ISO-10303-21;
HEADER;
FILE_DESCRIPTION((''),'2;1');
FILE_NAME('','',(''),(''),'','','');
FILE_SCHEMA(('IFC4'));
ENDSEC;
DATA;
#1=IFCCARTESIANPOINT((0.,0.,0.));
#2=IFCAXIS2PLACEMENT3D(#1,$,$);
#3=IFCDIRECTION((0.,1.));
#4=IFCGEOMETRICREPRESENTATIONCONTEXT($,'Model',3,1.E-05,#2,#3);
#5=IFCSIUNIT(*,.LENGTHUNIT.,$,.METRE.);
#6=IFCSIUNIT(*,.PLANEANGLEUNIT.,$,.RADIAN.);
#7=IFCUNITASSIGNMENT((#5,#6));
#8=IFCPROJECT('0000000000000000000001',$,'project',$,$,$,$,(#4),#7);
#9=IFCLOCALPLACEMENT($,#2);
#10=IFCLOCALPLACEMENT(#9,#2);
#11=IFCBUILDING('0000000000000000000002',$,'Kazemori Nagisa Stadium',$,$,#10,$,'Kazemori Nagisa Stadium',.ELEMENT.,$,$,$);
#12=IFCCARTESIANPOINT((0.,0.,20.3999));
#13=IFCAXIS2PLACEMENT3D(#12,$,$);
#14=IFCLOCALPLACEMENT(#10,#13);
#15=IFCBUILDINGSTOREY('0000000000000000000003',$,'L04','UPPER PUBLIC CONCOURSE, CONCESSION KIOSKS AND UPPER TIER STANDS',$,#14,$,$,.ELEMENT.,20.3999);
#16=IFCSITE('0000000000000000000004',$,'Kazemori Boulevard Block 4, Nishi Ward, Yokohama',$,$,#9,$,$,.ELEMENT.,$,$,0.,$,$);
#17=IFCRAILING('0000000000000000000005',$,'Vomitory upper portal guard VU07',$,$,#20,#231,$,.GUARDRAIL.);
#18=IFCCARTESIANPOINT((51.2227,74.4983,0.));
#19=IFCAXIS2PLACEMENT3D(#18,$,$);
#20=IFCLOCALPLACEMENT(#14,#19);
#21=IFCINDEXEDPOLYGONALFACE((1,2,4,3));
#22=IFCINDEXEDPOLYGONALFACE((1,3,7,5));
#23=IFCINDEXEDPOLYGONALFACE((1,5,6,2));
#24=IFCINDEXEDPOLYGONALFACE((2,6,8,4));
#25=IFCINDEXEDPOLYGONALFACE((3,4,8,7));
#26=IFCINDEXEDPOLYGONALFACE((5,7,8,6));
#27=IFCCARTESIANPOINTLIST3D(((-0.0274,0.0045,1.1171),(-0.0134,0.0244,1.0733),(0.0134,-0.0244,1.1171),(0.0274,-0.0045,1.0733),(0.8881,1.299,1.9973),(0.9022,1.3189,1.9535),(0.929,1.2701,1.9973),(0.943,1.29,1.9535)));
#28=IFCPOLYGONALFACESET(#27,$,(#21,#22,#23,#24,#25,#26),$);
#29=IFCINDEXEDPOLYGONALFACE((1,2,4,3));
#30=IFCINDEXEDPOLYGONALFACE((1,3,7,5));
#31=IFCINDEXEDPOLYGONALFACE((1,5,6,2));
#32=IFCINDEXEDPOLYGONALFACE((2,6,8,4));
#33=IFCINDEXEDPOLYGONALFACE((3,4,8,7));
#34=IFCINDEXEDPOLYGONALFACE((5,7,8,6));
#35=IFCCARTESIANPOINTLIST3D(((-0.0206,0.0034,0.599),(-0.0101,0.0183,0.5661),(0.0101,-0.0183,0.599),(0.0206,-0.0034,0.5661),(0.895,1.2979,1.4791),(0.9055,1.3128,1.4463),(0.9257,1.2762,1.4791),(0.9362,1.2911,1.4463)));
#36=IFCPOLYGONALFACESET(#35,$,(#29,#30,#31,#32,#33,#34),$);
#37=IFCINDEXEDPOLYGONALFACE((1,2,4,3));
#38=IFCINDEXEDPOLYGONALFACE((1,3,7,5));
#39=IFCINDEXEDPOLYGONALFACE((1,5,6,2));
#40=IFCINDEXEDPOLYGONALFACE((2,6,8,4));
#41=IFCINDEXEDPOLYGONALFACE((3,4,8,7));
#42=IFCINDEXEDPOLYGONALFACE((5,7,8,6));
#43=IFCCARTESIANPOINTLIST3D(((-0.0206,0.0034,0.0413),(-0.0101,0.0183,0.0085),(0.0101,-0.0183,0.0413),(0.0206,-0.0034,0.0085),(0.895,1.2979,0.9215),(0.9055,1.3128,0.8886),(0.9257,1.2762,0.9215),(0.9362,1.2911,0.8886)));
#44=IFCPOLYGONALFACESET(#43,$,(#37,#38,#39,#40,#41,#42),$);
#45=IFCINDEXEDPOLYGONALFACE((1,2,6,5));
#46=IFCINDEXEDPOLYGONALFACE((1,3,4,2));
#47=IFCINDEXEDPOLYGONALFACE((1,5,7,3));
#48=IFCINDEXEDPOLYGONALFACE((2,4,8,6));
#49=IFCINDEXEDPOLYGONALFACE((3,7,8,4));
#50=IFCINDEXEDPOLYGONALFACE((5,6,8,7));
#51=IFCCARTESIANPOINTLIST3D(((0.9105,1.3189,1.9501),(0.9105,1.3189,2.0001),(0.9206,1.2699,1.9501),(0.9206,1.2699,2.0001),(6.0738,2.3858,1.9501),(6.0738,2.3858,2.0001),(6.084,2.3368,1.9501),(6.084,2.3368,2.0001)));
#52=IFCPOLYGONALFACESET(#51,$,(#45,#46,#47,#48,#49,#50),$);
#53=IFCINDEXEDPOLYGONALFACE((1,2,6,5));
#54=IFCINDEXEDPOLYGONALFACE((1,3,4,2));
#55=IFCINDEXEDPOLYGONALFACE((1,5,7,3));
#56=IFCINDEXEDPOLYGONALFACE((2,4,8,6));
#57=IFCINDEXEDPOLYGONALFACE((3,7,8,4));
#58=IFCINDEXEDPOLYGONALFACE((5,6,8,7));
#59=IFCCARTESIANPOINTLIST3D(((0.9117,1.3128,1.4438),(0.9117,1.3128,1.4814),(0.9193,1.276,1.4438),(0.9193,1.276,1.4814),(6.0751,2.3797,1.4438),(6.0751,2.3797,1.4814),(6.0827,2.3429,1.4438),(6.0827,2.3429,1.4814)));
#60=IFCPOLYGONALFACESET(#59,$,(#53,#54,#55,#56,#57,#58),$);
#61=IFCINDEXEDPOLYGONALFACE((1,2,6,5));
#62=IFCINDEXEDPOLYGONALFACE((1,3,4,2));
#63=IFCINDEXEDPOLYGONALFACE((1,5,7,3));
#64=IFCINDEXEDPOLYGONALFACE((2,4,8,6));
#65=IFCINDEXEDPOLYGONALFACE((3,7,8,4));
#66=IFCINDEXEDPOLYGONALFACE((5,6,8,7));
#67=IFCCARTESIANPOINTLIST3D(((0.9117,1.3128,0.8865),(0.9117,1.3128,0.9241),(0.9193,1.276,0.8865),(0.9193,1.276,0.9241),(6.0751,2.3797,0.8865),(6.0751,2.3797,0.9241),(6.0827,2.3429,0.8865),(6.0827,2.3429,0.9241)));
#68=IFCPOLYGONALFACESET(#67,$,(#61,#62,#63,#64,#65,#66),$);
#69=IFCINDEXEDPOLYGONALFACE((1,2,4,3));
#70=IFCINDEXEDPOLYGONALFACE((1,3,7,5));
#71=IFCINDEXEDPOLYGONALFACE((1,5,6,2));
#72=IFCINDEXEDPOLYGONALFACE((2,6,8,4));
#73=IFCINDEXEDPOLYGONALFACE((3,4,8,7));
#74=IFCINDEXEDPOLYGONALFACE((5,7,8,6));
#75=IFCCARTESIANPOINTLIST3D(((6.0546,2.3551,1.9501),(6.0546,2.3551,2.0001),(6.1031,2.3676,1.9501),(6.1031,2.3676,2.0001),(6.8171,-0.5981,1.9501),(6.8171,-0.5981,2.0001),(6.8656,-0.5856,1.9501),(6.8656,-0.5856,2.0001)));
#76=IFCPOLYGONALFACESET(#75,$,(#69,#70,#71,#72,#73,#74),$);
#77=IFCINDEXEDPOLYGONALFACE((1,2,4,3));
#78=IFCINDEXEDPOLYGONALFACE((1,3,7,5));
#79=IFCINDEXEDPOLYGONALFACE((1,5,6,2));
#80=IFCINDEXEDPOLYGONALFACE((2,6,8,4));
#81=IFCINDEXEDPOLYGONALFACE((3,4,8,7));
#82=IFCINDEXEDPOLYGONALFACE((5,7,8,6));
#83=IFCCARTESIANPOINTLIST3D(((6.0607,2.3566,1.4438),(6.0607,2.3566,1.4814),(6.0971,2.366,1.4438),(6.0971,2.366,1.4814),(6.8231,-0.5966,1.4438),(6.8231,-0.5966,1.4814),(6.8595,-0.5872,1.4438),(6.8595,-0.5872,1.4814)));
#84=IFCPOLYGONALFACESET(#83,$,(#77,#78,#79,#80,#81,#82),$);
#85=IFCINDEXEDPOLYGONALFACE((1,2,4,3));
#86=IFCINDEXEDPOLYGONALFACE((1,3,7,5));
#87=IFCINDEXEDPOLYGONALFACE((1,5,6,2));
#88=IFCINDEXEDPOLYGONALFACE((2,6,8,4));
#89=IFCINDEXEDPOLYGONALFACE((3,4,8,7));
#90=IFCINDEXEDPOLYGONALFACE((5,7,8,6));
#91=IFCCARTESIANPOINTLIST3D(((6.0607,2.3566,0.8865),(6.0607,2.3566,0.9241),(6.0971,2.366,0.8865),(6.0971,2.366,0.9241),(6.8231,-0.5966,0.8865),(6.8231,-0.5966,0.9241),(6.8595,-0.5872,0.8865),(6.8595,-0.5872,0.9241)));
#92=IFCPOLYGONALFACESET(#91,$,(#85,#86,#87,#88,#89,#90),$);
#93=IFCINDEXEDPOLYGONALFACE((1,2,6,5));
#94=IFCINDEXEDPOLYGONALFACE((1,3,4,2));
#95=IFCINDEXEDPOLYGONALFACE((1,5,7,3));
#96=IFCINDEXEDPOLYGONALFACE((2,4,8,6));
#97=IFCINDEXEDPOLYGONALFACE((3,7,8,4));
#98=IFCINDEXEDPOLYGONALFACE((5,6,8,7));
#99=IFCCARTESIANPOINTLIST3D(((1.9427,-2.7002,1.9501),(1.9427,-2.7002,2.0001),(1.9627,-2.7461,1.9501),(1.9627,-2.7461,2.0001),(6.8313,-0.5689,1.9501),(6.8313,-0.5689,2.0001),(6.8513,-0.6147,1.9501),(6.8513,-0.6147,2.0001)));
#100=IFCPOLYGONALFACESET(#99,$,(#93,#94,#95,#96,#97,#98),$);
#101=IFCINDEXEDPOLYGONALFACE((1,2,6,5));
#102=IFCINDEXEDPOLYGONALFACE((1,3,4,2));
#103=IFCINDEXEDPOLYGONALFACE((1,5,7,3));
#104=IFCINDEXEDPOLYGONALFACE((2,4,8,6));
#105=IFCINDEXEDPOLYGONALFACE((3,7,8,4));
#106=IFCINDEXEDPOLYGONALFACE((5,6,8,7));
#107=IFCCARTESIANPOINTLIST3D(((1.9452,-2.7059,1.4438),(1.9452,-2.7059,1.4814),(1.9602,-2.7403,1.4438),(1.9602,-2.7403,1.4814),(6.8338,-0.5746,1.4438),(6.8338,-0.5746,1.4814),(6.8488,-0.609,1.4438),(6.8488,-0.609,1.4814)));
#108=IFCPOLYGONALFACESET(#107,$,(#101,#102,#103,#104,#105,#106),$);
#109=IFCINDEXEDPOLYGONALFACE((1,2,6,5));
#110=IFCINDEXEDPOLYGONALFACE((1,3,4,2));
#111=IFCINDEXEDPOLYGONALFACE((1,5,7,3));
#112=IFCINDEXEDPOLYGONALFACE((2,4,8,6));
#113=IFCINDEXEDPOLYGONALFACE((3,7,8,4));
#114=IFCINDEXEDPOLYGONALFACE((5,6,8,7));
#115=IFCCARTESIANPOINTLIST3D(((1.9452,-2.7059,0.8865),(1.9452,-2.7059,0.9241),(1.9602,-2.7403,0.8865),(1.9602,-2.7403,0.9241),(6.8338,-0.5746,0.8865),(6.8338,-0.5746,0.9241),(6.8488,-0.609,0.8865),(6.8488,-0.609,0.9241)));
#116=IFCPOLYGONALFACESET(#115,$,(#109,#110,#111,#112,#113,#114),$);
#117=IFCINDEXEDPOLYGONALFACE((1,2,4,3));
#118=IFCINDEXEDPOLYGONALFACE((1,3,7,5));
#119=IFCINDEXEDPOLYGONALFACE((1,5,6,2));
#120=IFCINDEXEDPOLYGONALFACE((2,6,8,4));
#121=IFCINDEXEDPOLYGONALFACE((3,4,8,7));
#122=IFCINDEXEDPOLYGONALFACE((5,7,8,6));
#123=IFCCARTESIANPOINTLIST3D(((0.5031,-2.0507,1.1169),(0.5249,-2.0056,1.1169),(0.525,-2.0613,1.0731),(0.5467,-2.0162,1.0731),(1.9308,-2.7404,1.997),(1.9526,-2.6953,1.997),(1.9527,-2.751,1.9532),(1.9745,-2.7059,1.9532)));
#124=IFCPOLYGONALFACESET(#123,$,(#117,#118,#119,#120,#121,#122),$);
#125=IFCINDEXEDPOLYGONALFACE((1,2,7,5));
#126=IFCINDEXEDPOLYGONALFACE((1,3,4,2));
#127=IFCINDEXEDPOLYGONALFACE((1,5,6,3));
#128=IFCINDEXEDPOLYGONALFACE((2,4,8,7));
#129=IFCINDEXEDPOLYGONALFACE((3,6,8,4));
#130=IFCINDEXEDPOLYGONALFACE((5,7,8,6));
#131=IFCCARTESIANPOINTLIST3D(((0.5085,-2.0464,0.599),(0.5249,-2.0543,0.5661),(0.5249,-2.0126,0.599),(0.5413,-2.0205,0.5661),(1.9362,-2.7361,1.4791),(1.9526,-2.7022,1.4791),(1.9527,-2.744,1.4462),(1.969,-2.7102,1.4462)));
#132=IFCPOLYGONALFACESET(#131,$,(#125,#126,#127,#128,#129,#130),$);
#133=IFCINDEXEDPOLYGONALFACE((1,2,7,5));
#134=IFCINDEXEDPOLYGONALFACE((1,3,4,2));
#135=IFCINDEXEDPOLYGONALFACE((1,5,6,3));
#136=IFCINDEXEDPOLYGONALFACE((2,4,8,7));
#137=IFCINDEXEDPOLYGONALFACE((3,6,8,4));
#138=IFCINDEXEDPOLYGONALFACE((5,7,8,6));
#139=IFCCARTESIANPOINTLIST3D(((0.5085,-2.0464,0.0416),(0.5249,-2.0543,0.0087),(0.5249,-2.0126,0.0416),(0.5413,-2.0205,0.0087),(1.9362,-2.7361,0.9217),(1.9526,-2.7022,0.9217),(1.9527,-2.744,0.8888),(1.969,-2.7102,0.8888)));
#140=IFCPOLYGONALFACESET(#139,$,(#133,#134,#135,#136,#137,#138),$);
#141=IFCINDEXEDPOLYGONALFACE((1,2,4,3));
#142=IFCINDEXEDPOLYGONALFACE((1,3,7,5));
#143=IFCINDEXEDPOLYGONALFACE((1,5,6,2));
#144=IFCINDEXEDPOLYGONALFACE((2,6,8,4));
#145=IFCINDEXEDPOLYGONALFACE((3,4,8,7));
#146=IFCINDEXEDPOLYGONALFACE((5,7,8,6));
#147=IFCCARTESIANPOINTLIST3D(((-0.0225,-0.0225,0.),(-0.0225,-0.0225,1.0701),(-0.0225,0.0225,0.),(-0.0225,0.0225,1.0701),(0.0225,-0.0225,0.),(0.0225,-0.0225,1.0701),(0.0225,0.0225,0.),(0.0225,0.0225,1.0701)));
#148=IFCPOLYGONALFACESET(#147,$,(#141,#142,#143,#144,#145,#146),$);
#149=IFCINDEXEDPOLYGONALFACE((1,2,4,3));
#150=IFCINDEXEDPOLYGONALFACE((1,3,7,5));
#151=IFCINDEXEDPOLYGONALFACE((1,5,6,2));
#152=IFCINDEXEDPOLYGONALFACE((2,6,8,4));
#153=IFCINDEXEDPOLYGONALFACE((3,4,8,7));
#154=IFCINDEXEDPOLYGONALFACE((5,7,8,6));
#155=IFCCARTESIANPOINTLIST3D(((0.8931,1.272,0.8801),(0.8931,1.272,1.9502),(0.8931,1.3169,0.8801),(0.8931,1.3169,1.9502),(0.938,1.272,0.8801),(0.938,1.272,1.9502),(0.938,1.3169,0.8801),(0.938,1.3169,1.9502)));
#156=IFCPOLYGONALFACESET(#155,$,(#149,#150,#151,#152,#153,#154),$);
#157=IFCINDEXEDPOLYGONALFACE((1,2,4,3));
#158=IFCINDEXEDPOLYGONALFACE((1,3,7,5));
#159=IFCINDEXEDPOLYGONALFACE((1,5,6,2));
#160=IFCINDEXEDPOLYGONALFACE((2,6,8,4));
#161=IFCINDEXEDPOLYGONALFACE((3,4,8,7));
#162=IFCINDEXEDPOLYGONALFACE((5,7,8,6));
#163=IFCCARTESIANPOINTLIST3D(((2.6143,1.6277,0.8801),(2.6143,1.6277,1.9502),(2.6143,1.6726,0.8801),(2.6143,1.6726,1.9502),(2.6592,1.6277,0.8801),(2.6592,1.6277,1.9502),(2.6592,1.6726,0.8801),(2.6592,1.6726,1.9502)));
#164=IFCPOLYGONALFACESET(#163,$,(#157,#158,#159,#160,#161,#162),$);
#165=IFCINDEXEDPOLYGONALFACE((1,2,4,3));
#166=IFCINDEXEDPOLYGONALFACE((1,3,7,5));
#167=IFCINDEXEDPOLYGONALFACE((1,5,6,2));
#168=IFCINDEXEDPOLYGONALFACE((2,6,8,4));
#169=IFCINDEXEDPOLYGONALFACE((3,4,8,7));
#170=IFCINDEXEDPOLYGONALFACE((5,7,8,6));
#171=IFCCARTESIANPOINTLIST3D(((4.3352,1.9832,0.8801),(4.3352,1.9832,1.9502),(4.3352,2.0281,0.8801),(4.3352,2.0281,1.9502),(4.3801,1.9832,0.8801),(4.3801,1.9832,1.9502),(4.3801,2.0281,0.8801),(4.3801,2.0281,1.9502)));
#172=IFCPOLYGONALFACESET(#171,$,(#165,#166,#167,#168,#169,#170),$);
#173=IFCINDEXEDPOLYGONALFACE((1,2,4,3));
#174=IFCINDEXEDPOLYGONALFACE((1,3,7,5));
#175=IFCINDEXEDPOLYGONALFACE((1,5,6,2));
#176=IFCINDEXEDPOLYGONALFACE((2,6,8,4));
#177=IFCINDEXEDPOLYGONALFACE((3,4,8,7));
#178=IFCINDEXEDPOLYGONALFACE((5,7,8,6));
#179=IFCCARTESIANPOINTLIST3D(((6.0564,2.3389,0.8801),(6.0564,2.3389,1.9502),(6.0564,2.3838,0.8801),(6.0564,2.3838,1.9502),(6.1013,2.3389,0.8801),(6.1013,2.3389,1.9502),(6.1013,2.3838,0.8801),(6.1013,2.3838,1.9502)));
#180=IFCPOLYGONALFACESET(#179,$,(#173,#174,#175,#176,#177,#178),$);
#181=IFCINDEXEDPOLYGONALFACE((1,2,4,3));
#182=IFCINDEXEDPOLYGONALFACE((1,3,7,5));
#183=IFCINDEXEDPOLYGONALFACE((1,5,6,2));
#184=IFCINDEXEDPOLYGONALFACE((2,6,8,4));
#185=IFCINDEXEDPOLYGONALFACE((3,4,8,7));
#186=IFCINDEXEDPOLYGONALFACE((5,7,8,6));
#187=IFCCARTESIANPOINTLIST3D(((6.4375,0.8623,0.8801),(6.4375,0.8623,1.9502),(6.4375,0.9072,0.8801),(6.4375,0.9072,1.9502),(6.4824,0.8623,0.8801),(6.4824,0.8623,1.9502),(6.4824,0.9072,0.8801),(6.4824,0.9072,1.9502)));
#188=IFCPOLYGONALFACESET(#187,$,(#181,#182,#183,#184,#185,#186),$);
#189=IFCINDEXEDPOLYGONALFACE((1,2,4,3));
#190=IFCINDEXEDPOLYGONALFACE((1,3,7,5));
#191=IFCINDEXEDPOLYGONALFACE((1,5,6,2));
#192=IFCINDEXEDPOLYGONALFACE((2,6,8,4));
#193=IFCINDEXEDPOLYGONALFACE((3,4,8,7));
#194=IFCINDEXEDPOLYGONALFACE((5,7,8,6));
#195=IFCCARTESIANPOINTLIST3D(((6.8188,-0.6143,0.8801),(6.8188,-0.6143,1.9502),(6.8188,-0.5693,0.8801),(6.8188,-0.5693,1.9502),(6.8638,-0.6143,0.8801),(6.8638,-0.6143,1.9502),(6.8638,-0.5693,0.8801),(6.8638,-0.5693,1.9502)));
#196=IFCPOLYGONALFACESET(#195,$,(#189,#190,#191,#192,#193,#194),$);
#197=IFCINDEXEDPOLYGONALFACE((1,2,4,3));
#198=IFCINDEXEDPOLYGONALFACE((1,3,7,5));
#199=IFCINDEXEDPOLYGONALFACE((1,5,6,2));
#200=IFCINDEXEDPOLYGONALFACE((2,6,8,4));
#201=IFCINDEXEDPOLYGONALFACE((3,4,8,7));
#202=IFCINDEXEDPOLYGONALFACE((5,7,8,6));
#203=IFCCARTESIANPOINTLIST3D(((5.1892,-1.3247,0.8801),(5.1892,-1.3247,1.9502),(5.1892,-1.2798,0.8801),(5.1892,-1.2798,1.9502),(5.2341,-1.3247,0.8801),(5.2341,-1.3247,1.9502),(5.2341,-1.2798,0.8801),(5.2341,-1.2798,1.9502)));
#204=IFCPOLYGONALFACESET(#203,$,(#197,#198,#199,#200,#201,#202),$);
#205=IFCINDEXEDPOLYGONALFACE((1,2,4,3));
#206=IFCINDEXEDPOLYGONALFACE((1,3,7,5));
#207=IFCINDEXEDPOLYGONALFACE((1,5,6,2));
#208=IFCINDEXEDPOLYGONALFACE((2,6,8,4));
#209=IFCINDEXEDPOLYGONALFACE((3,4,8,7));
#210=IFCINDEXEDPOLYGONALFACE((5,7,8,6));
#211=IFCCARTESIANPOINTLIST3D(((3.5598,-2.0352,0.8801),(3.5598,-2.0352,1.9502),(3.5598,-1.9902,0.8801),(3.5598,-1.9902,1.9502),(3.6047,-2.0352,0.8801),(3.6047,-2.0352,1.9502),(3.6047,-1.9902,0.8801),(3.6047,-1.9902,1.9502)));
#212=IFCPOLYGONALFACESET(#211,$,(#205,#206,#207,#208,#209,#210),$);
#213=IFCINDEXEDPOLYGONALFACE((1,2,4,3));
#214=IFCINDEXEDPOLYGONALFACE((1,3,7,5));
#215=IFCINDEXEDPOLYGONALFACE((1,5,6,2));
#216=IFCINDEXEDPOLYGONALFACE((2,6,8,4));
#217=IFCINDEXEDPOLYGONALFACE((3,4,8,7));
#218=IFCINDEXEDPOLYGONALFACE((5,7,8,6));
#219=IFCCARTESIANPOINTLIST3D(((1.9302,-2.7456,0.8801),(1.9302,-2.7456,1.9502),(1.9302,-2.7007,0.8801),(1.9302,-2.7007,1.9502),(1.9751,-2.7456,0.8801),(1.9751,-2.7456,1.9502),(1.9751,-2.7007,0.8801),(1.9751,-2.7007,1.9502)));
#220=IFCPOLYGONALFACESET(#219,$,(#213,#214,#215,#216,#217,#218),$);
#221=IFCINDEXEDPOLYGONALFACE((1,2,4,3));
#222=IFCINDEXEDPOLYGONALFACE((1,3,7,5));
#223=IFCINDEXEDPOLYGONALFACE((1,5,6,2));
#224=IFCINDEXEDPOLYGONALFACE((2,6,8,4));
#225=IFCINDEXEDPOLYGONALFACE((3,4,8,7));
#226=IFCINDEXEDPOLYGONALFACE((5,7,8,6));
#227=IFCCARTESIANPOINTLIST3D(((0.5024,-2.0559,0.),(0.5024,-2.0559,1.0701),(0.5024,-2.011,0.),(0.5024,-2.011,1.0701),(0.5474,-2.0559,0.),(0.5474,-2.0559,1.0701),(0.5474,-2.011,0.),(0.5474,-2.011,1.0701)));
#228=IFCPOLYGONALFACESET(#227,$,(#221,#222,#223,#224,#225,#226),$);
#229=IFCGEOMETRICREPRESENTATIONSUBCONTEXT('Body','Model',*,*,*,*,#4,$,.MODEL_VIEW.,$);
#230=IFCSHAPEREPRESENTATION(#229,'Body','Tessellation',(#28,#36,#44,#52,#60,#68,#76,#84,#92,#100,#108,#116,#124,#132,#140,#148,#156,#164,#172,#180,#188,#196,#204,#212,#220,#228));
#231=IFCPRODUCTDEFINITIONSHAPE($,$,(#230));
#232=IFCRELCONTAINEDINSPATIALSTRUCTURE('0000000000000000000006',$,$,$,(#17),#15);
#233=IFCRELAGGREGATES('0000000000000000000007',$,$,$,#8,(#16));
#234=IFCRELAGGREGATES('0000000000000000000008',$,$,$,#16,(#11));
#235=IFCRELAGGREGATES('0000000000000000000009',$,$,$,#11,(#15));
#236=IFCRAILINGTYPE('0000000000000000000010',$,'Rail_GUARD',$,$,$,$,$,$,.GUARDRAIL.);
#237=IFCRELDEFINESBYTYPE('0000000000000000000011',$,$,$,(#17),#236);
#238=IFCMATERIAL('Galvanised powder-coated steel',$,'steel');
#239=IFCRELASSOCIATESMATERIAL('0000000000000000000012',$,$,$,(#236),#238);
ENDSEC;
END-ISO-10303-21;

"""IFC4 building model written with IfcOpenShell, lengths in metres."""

from ifc_helpers import new_model, si_unit, direction, frame, origin, origin_2d, place, context, subcontext, project, spatial, rectangle, extrude, material, type_object, element, save


model = new_model("IFC4")

# Units and contexts
model_context = context("Model", 3, precision=1e-05, world=origin(), true_north=direction((0.0, 1.0)))
body_context = subcontext(model_context, "Body", "Model", "MODEL_VIEW")
ifc_project = project(units=[si_unit("LENGTHUNIT", "METRE"), si_unit("PLANEANGLEUNIT", "RADIAN")], contexts=[model_context])

# Site, building, storey
site_placement = place(None, origin())
site = spatial("IfcSite", under=ifc_project, at=site_placement, Name="Kazemori Boulevard Block 4, Nishi Ward, Yokohama", CompositionType="ELEMENT", RefElevation=0.0)
building_placement = place(site_placement, origin())
building = spatial("IfcBuilding", under=site, at=building_placement, Name="Kazemori Nagisa Stadium", LongName="Kazemori Nagisa Stadium", CompositionType="ELEMENT")
storey_placement = place(building_placement, frame((0.0, 0.0, 20.3999)))
storey = spatial("IfcBuildingStorey", under=building, at=storey_placement, Name="L04", Description="UPPER PUBLIC CONCOURSE, CONCESSION KIOSKS AND UPPER TIER STANDS", CompositionType="ELEMENT", Elevation=20.3999)

# Railing
ifc_material_1 = material(Name="Galvanised powder-coated steel", Category="steel")
railing_type_1 = type_object("IfcRailingType", Name="Rail_GUARD", PredefinedType="GUARDRAIL", material=ifc_material_1)
railing_1_placement = place(storey_placement, frame((51.2227, 74.4983, 0.0)))
element("IfcRailing", 1, at=railing_1_placement, inside=storey, type_object=railing_type_1, Name="Vomitory upper portal guard VU07", PredefinedType="GUARDRAIL", context=body_context, shape_type="SweptSolid", body=[
    extrude(rectangle(XDim=0.05, YDim=0.05, at=origin_2d()), frame((0.0, 0.0, 1.0952), z_axis=(0.504871, 0.713821, 0.48535), x_axis=(-0.81643, 0.577445, 0.0)), (0.0, 0.0, 1.0), 1.8135),
    extrude(rectangle(XDim=0.0376, YDim=0.0376, at=origin_2d()), frame((0.0, 0.0, 0.5825), z_axis=(0.504871, 0.713821, 0.48535), x_axis=(-0.81643, 0.577445, 0.0)), (0.0, 0.0, 1.0), 1.8135),
    extrude(rectangle(XDim=0.0376, YDim=0.0376, at=origin_2d()), frame((0.0, 0.0, 0.0249), z_axis=(0.504871, 0.713821, 0.48535), x_axis=(-0.81643, 0.577445, 0.0)), (0.0, 0.0, 1.0), 1.8135),
    extrude(rectangle(XDim=0.05, YDim=0.05, at=origin_2d()), frame((0.9155, 1.2944, 1.9751), z_axis=(0.979312, 0.202354, 0.0), x_axis=(-0.202354, 0.979312, 0.0)), (0.0, 0.0, 1.0), 5.2725),
    extrude(rectangle(XDim=0.0376, YDim=0.0376, at=origin_2d()), frame((0.9155, 1.2944, 1.4626), z_axis=(0.979312, 0.202354, 0.0), x_axis=(-0.202354, 0.979312, 0.0)), (0.0, 0.0, 1.0), 5.2725),
    extrude(rectangle(XDim=0.0376, YDim=0.0376, at=origin_2d()), frame((0.9155, 1.2944, 0.9053), z_axis=(0.979312, 0.202354, 0.0), x_axis=(-0.202354, 0.979312, 0.0)), (0.0, 0.0, 1.0), 5.2725),
    extrude(rectangle(XDim=0.05, YDim=0.05, at=origin_2d()), frame((6.0789, 2.3613, 1.9751), z_axis=(0.249987, -0.968249, 0.0), x_axis=(0.968249, 0.249987, 0.0)), (0.0, 0.0, 1.0), 3.05),
    extrude(rectangle(XDim=0.0376, YDim=0.0376, at=origin_2d()), frame((6.0789, 2.3613, 1.4626), z_axis=(0.249987, -0.968249, 0.0), x_axis=(0.968249, 0.249987, 0.0)), (0.0, 0.0, 1.0), 3.05),
    extrude(rectangle(XDim=0.0376, YDim=0.0376, at=origin_2d()), frame((6.0789, 2.3613, 0.9053), z_axis=(0.249987, -0.968249, 0.0), x_axis=(0.968249, 0.249987, 0.0)), (0.0, 0.0, 1.0), 3.05),
    extrude(rectangle(XDim=0.05, YDim=0.05, at=origin_2d()), frame((6.8413, -0.5918, 1.9751), z_axis=(-0.916669, -0.399647, 0.0), x_axis=(0.399647, -0.916669, 0.0)), (0.0, 0.0, 1.0), 5.333),
    extrude(rectangle(XDim=0.0376, YDim=0.0376, at=origin_2d()), frame((6.8413, -0.5918, 1.4626), z_axis=(-0.916669, -0.399647, 0.0), x_axis=(0.399647, -0.916669, 0.0)), (0.0, 0.0, 1.0), 5.333),
    extrude(rectangle(XDim=0.0376, YDim=0.0376, at=origin_2d()), frame((6.8413, -0.5918, 0.9053), z_axis=(-0.916669, -0.399647, 0.0), x_axis=(0.399647, -0.916669, 0.0)), (0.0, 0.0, 1.0), 5.333),
    extrude(rectangle(XDim=0.05, YDim=0.05, at=origin_2d()), frame((1.9526, -2.7231, 1.9751), z_axis=(-0.787287, 0.380316, -0.485323), x_axis=(-0.434977, -0.900441, 0.0)), (0.0, 0.0, 1.0), 1.8135),
    extrude(rectangle(XDim=0.0376, YDim=0.0376, at=origin_2d()), frame((1.9526, -2.7231, 1.4626), z_axis=(-0.787287, 0.380316, -0.485323), x_axis=(-0.434977, -0.900441, 0.0)), (0.0, 0.0, 1.0), 1.8135),
    extrude(rectangle(XDim=0.0376, YDim=0.0376, at=origin_2d()), frame((1.9526, -2.7231, 0.9053), z_axis=(-0.787287, 0.380316, -0.485323), x_axis=(-0.434977, -0.900441, 0.0)), (0.0, 0.0, 1.0), 1.8135),
    extrude(rectangle(XDim=0.0449, YDim=0.0449, at=origin_2d()), origin(), (0.0, 0.0, 1.0), 1.0701),
    extrude(rectangle(XDim=0.0449, YDim=0.0449, at=origin_2d()), frame((0.9155, 1.2944, 0.8801)), (0.0, 0.0, 1.0), 1.0701),
    extrude(rectangle(XDim=0.0449, YDim=0.0449, at=origin_2d()), frame((2.6367, 1.6501, 0.8801)), (0.0, 0.0, 1.0), 1.0701),
    extrude(rectangle(XDim=0.0449, YDim=0.0449, at=origin_2d()), frame((4.3577, 2.0056, 0.8801)), (0.0, 0.0, 1.0), 1.0701),
    extrude(rectangle(XDim=0.0449, YDim=0.0449, at=origin_2d()), frame((6.0789, 2.3613, 0.8801)), (0.0, 0.0, 1.0), 1.0701),
    extrude(rectangle(XDim=0.0449, YDim=0.0449, at=origin_2d()), frame((6.46, 0.8848, 0.8801)), (0.0, 0.0, 1.0), 1.0701),
    extrude(rectangle(XDim=0.0449, YDim=0.0449, at=origin_2d()), frame((6.8413, -0.5918, 0.8801)), (0.0, 0.0, 1.0), 1.0701),
    extrude(rectangle(XDim=0.0449, YDim=0.0449, at=origin_2d()), frame((5.2117, -1.3022, 0.8801)), (0.0, 0.0, 1.0), 1.0701),
    extrude(rectangle(XDim=0.0449, YDim=0.0449, at=origin_2d()), frame((3.5823, -2.0127, 0.8801)), (0.0, 0.0, 1.0), 1.0701),
    extrude(rectangle(XDim=0.0449, YDim=0.0449, at=origin_2d()), frame((1.9526, -2.7231, 0.8801)), (0.0, 0.0, 1.0), 1.0701),
    extrude(rectangle(XDim=0.0449, YDim=0.0449, at=origin_2d()), frame((0.5249, -2.0334, 0.0)), (0.0, 0.0, 1.0), 1.0701),
])

save(model, "model.ifc")
